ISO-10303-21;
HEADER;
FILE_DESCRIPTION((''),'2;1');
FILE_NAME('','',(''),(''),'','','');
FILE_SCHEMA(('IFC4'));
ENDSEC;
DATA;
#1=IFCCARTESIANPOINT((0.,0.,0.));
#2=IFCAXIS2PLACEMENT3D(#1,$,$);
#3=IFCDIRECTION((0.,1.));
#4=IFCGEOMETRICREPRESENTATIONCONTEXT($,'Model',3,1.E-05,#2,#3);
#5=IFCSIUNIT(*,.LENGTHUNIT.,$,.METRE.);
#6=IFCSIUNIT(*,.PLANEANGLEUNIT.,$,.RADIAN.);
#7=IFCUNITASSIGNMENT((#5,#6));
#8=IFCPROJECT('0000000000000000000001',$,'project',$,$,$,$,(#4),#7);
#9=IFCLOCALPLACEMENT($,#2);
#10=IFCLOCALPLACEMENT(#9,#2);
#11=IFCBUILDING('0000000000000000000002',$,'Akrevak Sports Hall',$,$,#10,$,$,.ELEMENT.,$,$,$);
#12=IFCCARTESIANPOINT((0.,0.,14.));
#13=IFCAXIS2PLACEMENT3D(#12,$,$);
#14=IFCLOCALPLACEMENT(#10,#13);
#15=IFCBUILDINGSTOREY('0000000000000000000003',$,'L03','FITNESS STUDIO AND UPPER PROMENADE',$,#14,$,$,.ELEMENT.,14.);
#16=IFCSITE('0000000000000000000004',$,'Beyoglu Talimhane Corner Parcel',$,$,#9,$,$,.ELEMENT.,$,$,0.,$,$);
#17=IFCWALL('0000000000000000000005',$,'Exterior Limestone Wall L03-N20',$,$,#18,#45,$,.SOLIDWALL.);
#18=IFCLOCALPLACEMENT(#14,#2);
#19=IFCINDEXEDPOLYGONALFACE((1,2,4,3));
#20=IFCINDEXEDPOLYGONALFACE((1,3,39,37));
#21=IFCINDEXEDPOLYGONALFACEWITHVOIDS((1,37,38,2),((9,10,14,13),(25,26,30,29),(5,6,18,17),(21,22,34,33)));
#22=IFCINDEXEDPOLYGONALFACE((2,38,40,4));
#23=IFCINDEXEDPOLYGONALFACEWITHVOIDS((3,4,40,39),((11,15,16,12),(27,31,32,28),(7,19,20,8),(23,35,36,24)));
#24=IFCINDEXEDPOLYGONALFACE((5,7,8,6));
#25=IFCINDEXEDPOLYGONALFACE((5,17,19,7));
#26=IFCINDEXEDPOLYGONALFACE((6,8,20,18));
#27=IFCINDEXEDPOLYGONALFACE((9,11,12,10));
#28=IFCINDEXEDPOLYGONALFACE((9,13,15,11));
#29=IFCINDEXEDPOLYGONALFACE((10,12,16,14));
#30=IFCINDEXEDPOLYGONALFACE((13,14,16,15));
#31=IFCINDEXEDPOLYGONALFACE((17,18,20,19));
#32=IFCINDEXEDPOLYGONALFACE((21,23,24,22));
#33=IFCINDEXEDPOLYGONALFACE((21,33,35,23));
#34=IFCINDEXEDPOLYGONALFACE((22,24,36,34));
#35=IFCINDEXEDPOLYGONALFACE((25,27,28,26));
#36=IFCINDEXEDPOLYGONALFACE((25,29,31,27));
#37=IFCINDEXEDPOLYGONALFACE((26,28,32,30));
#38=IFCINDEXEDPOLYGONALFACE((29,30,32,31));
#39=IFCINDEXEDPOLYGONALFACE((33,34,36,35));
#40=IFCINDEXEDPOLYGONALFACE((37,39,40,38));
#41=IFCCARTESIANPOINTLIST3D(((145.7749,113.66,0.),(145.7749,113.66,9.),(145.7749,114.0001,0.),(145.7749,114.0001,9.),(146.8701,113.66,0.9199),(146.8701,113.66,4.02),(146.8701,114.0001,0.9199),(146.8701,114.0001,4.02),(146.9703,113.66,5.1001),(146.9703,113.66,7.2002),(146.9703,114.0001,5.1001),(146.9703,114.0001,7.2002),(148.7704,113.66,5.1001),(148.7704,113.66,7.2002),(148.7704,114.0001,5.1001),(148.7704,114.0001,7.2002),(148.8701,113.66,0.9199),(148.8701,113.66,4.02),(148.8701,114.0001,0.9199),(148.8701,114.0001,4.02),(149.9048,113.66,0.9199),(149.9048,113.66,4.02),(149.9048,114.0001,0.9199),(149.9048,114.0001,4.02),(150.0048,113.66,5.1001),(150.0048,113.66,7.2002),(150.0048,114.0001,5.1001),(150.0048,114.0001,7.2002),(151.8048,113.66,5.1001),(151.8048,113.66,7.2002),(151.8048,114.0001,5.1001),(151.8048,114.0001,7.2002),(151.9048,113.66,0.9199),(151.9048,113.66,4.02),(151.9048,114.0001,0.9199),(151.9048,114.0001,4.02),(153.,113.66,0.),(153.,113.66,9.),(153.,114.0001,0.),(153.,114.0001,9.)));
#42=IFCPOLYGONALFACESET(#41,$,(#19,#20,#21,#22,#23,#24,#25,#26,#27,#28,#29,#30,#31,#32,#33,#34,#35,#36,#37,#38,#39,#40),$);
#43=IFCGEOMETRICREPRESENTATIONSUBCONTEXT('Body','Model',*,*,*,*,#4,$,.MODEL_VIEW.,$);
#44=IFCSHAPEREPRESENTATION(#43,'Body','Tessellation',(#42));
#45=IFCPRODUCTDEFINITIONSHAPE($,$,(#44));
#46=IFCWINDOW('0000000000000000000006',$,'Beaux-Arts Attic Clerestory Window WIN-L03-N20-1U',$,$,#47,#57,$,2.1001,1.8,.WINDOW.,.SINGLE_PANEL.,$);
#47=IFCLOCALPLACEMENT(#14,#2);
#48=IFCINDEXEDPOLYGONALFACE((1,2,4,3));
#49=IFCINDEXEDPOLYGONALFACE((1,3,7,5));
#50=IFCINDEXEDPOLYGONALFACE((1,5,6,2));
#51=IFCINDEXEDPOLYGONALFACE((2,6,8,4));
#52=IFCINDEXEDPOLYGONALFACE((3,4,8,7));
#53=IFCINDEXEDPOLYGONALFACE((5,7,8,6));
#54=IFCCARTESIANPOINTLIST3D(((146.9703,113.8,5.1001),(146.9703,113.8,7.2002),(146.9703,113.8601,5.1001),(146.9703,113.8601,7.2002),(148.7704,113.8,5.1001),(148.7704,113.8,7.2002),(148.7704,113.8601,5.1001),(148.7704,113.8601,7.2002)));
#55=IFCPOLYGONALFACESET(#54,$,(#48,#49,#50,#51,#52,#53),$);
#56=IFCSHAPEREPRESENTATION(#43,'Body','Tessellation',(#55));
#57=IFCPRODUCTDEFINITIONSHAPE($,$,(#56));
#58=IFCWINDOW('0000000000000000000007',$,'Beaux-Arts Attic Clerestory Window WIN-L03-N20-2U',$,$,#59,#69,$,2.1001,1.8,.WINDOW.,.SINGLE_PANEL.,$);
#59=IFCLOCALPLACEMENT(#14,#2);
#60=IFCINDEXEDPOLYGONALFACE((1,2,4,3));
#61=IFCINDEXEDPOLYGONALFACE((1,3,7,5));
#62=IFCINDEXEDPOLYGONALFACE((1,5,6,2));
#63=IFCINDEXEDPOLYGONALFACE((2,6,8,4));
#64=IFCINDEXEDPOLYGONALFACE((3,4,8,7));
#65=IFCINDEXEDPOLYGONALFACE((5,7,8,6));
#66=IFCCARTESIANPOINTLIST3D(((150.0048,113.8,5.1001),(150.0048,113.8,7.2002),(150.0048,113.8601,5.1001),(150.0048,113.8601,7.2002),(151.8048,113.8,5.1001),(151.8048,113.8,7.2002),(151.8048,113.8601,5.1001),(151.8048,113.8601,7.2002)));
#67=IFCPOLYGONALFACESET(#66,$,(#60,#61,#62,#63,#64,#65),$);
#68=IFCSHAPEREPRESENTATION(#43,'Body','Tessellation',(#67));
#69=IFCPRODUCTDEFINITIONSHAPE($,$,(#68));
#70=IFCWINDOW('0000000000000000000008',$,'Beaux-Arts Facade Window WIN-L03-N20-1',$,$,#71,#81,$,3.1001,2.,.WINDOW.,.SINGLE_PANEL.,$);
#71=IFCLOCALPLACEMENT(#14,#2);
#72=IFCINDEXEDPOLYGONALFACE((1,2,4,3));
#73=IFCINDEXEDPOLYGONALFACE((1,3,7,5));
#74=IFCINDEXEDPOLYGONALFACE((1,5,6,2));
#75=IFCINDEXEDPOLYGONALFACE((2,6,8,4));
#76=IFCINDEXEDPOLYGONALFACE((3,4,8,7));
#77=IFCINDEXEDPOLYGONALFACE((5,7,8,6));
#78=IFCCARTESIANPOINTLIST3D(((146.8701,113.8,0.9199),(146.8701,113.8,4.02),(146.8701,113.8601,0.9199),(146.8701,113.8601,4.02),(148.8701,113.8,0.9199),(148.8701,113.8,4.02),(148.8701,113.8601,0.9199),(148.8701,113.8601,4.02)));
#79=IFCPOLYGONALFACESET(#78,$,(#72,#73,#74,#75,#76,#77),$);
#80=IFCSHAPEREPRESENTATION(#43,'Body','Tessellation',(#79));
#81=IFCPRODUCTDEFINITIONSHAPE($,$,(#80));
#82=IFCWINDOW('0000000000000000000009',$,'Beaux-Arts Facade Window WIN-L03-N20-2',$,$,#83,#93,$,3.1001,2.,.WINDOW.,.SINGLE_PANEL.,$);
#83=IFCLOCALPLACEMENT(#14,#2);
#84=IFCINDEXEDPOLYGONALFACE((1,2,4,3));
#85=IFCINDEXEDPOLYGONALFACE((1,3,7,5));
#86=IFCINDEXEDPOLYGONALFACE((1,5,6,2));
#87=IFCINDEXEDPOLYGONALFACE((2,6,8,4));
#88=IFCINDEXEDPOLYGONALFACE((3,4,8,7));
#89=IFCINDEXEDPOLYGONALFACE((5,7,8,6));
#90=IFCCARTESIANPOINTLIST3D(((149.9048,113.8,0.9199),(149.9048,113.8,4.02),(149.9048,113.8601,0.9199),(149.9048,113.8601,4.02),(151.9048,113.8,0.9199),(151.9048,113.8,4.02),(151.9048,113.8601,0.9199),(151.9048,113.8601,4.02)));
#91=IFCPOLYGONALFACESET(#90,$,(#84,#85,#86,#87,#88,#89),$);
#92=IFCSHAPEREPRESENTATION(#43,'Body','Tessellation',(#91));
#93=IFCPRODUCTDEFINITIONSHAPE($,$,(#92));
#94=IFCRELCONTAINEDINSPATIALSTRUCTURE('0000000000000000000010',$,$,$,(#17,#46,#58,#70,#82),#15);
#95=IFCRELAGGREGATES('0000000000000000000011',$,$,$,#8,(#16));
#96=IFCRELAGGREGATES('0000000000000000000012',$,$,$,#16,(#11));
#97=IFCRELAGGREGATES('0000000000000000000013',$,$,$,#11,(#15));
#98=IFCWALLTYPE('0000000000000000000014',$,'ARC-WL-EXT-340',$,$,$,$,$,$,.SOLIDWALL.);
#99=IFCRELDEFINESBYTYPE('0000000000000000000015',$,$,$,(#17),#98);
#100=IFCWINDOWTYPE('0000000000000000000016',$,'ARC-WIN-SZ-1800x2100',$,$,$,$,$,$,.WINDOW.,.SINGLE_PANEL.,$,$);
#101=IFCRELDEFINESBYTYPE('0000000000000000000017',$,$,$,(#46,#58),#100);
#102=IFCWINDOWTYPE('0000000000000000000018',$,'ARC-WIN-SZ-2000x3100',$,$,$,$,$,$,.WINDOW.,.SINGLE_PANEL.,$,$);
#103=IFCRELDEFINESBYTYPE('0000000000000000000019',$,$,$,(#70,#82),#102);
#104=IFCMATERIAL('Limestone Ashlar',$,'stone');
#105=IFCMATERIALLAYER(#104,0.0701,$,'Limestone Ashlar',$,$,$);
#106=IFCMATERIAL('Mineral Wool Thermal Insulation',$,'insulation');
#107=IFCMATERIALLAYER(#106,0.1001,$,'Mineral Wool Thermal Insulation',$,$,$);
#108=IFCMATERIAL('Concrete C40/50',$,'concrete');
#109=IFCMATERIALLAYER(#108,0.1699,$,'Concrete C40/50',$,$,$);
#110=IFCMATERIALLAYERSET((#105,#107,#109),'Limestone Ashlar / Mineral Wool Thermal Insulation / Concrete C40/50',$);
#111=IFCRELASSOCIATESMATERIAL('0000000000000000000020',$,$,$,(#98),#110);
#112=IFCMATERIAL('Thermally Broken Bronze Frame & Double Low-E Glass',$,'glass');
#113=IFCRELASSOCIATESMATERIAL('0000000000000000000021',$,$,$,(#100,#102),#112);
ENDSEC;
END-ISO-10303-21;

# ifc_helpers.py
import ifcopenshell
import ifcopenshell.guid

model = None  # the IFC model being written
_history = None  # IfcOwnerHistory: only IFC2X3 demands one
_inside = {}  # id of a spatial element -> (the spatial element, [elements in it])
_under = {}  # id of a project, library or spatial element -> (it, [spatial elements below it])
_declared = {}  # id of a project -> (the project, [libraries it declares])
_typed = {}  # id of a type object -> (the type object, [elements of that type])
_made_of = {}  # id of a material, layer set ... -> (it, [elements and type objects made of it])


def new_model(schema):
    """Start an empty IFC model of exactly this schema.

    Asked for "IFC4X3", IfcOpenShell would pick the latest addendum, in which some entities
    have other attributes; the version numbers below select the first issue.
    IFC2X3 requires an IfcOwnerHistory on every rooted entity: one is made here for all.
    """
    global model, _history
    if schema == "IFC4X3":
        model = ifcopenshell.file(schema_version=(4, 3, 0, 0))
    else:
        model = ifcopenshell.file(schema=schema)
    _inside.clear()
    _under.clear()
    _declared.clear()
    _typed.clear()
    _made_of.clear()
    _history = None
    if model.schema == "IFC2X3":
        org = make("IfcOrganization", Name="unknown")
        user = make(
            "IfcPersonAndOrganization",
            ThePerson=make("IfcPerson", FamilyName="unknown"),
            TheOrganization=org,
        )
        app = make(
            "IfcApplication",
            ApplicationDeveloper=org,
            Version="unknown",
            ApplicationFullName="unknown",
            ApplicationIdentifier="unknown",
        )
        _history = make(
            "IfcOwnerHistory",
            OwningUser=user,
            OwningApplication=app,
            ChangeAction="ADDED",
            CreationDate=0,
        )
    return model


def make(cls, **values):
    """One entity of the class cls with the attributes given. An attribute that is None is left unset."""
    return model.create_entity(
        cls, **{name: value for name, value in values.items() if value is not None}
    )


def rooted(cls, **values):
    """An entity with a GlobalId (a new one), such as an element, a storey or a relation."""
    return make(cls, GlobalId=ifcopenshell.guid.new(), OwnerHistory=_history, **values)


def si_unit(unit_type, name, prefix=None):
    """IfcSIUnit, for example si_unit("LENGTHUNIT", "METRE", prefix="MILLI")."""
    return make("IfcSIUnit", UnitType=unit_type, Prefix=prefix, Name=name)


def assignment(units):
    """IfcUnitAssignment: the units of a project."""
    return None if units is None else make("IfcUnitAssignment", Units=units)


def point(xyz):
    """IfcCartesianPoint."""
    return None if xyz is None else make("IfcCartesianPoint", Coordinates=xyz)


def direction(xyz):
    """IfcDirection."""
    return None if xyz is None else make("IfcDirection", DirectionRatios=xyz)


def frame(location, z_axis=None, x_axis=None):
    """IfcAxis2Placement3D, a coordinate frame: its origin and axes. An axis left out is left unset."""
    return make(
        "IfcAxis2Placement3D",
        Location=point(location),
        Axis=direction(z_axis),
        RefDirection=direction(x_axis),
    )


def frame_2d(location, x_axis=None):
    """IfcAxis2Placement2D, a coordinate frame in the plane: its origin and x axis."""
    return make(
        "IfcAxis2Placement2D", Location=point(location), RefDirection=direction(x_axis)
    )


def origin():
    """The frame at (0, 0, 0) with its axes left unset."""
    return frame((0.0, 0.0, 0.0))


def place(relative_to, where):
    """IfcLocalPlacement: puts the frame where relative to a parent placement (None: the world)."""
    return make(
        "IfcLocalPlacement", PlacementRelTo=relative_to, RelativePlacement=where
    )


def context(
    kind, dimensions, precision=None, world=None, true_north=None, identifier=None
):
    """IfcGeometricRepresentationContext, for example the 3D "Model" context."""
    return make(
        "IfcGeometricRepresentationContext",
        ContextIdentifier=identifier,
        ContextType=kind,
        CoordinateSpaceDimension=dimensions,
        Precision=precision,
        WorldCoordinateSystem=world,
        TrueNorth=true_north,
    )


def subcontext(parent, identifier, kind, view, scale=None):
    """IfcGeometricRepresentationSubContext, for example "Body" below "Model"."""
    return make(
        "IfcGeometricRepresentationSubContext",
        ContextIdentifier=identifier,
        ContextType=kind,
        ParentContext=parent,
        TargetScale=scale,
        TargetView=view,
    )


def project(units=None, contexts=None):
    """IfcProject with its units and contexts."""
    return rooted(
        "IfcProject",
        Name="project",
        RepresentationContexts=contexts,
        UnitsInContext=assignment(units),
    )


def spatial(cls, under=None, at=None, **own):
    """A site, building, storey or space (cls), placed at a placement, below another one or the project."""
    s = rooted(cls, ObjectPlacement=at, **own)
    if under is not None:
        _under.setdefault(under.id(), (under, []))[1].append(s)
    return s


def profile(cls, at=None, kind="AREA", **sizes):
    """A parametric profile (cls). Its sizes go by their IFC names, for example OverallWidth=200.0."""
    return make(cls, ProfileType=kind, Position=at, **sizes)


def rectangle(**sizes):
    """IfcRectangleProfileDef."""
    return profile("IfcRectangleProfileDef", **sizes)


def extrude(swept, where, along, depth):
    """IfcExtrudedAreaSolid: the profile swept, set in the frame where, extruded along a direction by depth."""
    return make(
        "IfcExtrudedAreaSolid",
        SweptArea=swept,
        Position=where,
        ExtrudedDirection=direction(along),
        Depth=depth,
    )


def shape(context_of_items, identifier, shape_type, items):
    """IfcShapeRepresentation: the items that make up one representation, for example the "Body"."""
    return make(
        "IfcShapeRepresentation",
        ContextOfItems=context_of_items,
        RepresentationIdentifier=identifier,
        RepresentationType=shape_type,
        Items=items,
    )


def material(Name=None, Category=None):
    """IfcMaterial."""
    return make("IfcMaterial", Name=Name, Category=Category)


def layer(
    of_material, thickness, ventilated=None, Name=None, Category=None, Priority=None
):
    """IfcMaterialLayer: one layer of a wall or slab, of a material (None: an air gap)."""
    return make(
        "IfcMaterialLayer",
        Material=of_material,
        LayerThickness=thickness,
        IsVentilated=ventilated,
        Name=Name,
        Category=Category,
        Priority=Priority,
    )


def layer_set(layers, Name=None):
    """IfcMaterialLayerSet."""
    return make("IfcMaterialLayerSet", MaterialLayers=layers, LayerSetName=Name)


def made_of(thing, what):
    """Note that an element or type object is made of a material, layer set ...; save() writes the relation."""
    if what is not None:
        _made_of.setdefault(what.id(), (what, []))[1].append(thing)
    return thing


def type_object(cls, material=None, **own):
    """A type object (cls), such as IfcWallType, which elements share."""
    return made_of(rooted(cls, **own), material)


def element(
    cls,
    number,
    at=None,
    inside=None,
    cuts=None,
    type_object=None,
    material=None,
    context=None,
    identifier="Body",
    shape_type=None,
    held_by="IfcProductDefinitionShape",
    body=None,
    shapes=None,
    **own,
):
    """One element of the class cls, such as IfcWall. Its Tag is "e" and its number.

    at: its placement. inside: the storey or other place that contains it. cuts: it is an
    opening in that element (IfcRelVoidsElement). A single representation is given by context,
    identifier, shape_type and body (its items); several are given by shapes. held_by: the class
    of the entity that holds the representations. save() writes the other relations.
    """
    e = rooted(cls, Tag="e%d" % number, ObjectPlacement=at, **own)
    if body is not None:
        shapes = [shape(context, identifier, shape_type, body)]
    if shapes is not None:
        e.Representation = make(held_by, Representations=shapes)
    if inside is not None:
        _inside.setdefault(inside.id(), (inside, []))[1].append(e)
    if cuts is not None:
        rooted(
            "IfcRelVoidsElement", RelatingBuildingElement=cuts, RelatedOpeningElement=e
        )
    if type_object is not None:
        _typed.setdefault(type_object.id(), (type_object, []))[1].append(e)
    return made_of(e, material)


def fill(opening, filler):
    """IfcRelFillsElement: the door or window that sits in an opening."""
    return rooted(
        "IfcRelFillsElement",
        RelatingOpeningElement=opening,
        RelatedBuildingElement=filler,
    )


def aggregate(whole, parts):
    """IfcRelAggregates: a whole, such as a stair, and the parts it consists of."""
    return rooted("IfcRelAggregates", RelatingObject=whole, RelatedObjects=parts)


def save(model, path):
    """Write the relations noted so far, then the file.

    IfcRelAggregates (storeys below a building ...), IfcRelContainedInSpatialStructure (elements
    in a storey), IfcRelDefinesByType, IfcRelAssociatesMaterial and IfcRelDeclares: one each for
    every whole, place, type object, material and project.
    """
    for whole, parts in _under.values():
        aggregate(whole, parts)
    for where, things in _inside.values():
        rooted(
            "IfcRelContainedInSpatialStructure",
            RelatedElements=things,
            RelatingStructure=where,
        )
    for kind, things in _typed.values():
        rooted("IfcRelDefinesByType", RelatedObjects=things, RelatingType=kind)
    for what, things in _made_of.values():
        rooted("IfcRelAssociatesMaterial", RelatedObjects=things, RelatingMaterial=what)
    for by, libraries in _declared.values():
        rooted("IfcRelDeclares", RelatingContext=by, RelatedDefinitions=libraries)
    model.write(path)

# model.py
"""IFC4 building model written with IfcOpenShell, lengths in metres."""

from ifc_helpers import new_model, si_unit, direction, frame, frame_2d, origin, place, context, subcontext, project, spatial, rectangle, extrude, material, layer, layer_set, type_object, element, fill, save


model = new_model("IFC4")

# Units and contexts
model_context = context("Model", 3, precision=1e-05, world=origin(), true_north=direction((0.0, 1.0)))
body_context = subcontext(model_context, "Body", "Model", "MODEL_VIEW")
ifc_project = project(units=[si_unit("LENGTHUNIT", "METRE"), si_unit("PLANEANGLEUNIT", "RADIAN")], contexts=[model_context])

# Site, building, storey
site_placement = place(None, origin())
site = spatial("IfcSite", under=ifc_project, at=site_placement, Name="Beyoglu Talimhane Corner Parcel", CompositionType="ELEMENT", RefElevation=0.0)
building_placement = place(site_placement, origin())
building = spatial("IfcBuilding", under=site, at=building_placement, Name="Akrevak Sports Hall", CompositionType="ELEMENT")
storey_placement = place(building_placement, frame((0.0, 0.0, 14.0)))
storey = spatial("IfcBuildingStorey", under=building, at=storey_placement, Name="L03", Description="FITNESS STUDIO AND UPPER PROMENADE", CompositionType="ELEMENT", Elevation=14.0)

# Shared definitions
ifc_material_1 = material(Name="Concrete C40/50", Category="concrete")

# Wall, openings, windows
ifc_material_2 = material(Name="Limestone Ashlar", Category="stone")
ifc_layer_1 = layer(ifc_material_2, 0.0701, Name="Limestone Ashlar")
ifc_material_3 = material(Name="Mineral Wool Thermal Insulation", Category="insulation")
ifc_layer_2 = layer(ifc_material_3, 0.1001, Name="Mineral Wool Thermal Insulation")
ifc_layer_3 = layer(ifc_material_1, 0.1699, Name="Concrete C40/50")
ifc_layer_set_1 = layer_set([ifc_layer_1, ifc_layer_2, ifc_layer_3], Name="Limestone Ashlar / Mineral Wool Thermal Insulation / Concrete C40/50")
wall_type = type_object("IfcWallType", Name="ARC-WL-EXT-340", PredefinedType="SOLIDWALL", material=ifc_layer_set_1)
ifc_material_4 = material(Name="Thermally Broken Bronze Frame & Double Low-E Glass", Category="glass")
window_type_1 = type_object("IfcWindowType", Name="ARC-WIN-SZ-1800x2100", PartitioningType="SINGLE_PANEL", PredefinedType="WINDOW", material=ifc_material_4)
window_type_2 = type_object("IfcWindowType", Name="ARC-WIN-SZ-2000x3100", PartitioningType="SINGLE_PANEL", PredefinedType="WINDOW", material=ifc_material_4)
wall_1_placement = place(storey_placement, frame((153.0, 113.8301, 0.0), z_axis=(0.0, 0.0, 1.0), x_axis=(-1.0, 0.0, 0.0)))
wall_1 = element("IfcWall", 1, at=wall_1_placement, inside=storey, type_object=wall_type, Name="Exterior Limestone Wall L03-N20", PredefinedType="SOLIDWALL", context=body_context, shape_type="SweptSolid", body=[
    extrude(rectangle(XDim=7.2251, YDim=0.3401, at=frame_2d((3.6125, 0.0))), origin(), (0.0, 0.0, 1.0), 9.0),
])
opening_1_placement = place(wall_1_placement, frame((4.1299, 0.0, 0.9199)))
opening_1 = element("IfcOpeningElement", 2, at=opening_1_placement, cuts=wall_1, PredefinedType="OPENING", context=body_context, shape_type="SweptSolid", body=[
    extrude(rectangle(XDim=2.0, YDim=3.1001, at=frame_2d((1.0, 1.55))), frame((0.0, 0.1821, 0.0), z_axis=(0.0, -1.0, 0.0), x_axis=(1.0, 0.0, 0.0)), (0.0, 0.0, 1.0), 0.364),
])
opening_2_placement = place(wall_1_placement, frame((4.2297, 0.0, 5.1001)))
opening_2 = element("IfcOpeningElement", 3, at=opening_2_placement, cuts=wall_1, PredefinedType="OPENING", context=body_context, shape_type="SweptSolid", body=[
    extrude(rectangle(XDim=1.8, YDim=2.1001, at=frame_2d((0.8999, 1.05))), frame((0.0, 0.1821, 0.0), z_axis=(0.0, -1.0, 0.0), x_axis=(1.0, 0.0, 0.0)), (0.0, 0.0, 1.0), 0.364),
])
opening_3_placement = place(wall_1_placement, frame((1.0952, 0.0, 0.9199)))
opening_3 = element("IfcOpeningElement", 4, at=opening_3_placement, cuts=wall_1, PredefinedType="OPENING", context=body_context, shape_type="SweptSolid", body=[
    extrude(rectangle(XDim=2.0, YDim=3.1001, at=frame_2d((1.0, 1.55))), frame((0.0, 0.1821, 0.0), z_axis=(0.0, -1.0, 0.0), x_axis=(1.0, 0.0, 0.0)), (0.0, 0.0, 1.0), 0.364),
])
opening_4_placement = place(wall_1_placement, frame((1.1953, 0.0, 5.1001)))
opening_4 = element("IfcOpeningElement", 5, at=opening_4_placement, cuts=wall_1, PredefinedType="OPENING", context=body_context, shape_type="SweptSolid", body=[
    extrude(rectangle(XDim=1.8, YDim=2.1001, at=frame_2d((0.8999, 1.05))), frame((0.0, 0.1821, 0.0), z_axis=(0.0, -1.0, 0.0), x_axis=(1.0, 0.0, 0.0)), (0.0, 0.0, 1.0), 0.364),
])
window_1_placement = place(opening_2_placement, origin())
window_1 = element("IfcWindow", 6, at=window_1_placement, inside=storey, type_object=window_type_1, Name="Beaux-Arts Attic Clerestory Window WIN-L03-N20-1U", OverallHeight=2.1001, OverallWidth=1.8, PartitioningType="SINGLE_PANEL", PredefinedType="WINDOW", context=body_context, shape_type="SweptSolid", body=[
    extrude(rectangle(XDim=1.8, YDim=2.1001, at=frame_2d((0.8999, 1.05))), frame((0.0, 0.03, 0.0), z_axis=(0.0, -1.0, 0.0), x_axis=(1.0, 0.0, 0.0)), (0.0, 0.0, 1.0), 0.0601),
])
fill(opening_2, window_1)
window_2_placement = place(opening_4_placement, origin())
window_2 = element("IfcWindow", 7, at=window_2_placement, inside=storey, type_object=window_type_1, Name="Beaux-Arts Attic Clerestory Window WIN-L03-N20-2U", OverallHeight=2.1001, OverallWidth=1.8, PartitioningType="SINGLE_PANEL", PredefinedType="WINDOW", context=body_context, shape_type="SweptSolid", body=[
    extrude(rectangle(XDim=1.8, YDim=2.1001, at=frame_2d((0.8999, 1.05))), frame((0.0, 0.03, 0.0), z_axis=(0.0, -1.0, 0.0), x_axis=(1.0, 0.0, 0.0)), (0.0, 0.0, 1.0), 0.0601),
])
fill(opening_4, window_2)
window_3_placement = place(opening_1_placement, origin())
window_3 = element("IfcWindow", 8, at=window_3_placement, inside=storey, type_object=window_type_2, Name="Beaux-Arts Facade Window WIN-L03-N20-1", OverallHeight=3.1001, OverallWidth=2.0, PartitioningType="SINGLE_PANEL", PredefinedType="WINDOW", context=body_context, shape_type="SweptSolid", body=[
    extrude(rectangle(XDim=2.0, YDim=3.1001, at=frame_2d((1.0, 1.55))), frame((0.0, 0.03, 0.0), z_axis=(0.0, -1.0, 0.0), x_axis=(1.0, 0.0, 0.0)), (0.0, 0.0, 1.0), 0.0601),
])
fill(opening_1, window_3)
window_4_placement = place(opening_3_placement, origin())
window_4 = element("IfcWindow", 9, at=window_4_placement, inside=storey, type_object=window_type_2, Name="Beaux-Arts Facade Window WIN-L03-N20-2", OverallHeight=3.1001, OverallWidth=2.0, PartitioningType="SINGLE_PANEL", PredefinedType="WINDOW", context=body_context, shape_type="SweptSolid", body=[
    extrude(rectangle(XDim=2.0, YDim=3.1001, at=frame_2d((1.0, 1.55))), frame((0.0, 0.03, 0.0), z_axis=(0.0, -1.0, 0.0), x_axis=(1.0, 0.0, 0.0)), (0.0, 0.0, 1.0), 0.0601),
])
fill(opening_3, window_4)

save(model, "model.ifc")
